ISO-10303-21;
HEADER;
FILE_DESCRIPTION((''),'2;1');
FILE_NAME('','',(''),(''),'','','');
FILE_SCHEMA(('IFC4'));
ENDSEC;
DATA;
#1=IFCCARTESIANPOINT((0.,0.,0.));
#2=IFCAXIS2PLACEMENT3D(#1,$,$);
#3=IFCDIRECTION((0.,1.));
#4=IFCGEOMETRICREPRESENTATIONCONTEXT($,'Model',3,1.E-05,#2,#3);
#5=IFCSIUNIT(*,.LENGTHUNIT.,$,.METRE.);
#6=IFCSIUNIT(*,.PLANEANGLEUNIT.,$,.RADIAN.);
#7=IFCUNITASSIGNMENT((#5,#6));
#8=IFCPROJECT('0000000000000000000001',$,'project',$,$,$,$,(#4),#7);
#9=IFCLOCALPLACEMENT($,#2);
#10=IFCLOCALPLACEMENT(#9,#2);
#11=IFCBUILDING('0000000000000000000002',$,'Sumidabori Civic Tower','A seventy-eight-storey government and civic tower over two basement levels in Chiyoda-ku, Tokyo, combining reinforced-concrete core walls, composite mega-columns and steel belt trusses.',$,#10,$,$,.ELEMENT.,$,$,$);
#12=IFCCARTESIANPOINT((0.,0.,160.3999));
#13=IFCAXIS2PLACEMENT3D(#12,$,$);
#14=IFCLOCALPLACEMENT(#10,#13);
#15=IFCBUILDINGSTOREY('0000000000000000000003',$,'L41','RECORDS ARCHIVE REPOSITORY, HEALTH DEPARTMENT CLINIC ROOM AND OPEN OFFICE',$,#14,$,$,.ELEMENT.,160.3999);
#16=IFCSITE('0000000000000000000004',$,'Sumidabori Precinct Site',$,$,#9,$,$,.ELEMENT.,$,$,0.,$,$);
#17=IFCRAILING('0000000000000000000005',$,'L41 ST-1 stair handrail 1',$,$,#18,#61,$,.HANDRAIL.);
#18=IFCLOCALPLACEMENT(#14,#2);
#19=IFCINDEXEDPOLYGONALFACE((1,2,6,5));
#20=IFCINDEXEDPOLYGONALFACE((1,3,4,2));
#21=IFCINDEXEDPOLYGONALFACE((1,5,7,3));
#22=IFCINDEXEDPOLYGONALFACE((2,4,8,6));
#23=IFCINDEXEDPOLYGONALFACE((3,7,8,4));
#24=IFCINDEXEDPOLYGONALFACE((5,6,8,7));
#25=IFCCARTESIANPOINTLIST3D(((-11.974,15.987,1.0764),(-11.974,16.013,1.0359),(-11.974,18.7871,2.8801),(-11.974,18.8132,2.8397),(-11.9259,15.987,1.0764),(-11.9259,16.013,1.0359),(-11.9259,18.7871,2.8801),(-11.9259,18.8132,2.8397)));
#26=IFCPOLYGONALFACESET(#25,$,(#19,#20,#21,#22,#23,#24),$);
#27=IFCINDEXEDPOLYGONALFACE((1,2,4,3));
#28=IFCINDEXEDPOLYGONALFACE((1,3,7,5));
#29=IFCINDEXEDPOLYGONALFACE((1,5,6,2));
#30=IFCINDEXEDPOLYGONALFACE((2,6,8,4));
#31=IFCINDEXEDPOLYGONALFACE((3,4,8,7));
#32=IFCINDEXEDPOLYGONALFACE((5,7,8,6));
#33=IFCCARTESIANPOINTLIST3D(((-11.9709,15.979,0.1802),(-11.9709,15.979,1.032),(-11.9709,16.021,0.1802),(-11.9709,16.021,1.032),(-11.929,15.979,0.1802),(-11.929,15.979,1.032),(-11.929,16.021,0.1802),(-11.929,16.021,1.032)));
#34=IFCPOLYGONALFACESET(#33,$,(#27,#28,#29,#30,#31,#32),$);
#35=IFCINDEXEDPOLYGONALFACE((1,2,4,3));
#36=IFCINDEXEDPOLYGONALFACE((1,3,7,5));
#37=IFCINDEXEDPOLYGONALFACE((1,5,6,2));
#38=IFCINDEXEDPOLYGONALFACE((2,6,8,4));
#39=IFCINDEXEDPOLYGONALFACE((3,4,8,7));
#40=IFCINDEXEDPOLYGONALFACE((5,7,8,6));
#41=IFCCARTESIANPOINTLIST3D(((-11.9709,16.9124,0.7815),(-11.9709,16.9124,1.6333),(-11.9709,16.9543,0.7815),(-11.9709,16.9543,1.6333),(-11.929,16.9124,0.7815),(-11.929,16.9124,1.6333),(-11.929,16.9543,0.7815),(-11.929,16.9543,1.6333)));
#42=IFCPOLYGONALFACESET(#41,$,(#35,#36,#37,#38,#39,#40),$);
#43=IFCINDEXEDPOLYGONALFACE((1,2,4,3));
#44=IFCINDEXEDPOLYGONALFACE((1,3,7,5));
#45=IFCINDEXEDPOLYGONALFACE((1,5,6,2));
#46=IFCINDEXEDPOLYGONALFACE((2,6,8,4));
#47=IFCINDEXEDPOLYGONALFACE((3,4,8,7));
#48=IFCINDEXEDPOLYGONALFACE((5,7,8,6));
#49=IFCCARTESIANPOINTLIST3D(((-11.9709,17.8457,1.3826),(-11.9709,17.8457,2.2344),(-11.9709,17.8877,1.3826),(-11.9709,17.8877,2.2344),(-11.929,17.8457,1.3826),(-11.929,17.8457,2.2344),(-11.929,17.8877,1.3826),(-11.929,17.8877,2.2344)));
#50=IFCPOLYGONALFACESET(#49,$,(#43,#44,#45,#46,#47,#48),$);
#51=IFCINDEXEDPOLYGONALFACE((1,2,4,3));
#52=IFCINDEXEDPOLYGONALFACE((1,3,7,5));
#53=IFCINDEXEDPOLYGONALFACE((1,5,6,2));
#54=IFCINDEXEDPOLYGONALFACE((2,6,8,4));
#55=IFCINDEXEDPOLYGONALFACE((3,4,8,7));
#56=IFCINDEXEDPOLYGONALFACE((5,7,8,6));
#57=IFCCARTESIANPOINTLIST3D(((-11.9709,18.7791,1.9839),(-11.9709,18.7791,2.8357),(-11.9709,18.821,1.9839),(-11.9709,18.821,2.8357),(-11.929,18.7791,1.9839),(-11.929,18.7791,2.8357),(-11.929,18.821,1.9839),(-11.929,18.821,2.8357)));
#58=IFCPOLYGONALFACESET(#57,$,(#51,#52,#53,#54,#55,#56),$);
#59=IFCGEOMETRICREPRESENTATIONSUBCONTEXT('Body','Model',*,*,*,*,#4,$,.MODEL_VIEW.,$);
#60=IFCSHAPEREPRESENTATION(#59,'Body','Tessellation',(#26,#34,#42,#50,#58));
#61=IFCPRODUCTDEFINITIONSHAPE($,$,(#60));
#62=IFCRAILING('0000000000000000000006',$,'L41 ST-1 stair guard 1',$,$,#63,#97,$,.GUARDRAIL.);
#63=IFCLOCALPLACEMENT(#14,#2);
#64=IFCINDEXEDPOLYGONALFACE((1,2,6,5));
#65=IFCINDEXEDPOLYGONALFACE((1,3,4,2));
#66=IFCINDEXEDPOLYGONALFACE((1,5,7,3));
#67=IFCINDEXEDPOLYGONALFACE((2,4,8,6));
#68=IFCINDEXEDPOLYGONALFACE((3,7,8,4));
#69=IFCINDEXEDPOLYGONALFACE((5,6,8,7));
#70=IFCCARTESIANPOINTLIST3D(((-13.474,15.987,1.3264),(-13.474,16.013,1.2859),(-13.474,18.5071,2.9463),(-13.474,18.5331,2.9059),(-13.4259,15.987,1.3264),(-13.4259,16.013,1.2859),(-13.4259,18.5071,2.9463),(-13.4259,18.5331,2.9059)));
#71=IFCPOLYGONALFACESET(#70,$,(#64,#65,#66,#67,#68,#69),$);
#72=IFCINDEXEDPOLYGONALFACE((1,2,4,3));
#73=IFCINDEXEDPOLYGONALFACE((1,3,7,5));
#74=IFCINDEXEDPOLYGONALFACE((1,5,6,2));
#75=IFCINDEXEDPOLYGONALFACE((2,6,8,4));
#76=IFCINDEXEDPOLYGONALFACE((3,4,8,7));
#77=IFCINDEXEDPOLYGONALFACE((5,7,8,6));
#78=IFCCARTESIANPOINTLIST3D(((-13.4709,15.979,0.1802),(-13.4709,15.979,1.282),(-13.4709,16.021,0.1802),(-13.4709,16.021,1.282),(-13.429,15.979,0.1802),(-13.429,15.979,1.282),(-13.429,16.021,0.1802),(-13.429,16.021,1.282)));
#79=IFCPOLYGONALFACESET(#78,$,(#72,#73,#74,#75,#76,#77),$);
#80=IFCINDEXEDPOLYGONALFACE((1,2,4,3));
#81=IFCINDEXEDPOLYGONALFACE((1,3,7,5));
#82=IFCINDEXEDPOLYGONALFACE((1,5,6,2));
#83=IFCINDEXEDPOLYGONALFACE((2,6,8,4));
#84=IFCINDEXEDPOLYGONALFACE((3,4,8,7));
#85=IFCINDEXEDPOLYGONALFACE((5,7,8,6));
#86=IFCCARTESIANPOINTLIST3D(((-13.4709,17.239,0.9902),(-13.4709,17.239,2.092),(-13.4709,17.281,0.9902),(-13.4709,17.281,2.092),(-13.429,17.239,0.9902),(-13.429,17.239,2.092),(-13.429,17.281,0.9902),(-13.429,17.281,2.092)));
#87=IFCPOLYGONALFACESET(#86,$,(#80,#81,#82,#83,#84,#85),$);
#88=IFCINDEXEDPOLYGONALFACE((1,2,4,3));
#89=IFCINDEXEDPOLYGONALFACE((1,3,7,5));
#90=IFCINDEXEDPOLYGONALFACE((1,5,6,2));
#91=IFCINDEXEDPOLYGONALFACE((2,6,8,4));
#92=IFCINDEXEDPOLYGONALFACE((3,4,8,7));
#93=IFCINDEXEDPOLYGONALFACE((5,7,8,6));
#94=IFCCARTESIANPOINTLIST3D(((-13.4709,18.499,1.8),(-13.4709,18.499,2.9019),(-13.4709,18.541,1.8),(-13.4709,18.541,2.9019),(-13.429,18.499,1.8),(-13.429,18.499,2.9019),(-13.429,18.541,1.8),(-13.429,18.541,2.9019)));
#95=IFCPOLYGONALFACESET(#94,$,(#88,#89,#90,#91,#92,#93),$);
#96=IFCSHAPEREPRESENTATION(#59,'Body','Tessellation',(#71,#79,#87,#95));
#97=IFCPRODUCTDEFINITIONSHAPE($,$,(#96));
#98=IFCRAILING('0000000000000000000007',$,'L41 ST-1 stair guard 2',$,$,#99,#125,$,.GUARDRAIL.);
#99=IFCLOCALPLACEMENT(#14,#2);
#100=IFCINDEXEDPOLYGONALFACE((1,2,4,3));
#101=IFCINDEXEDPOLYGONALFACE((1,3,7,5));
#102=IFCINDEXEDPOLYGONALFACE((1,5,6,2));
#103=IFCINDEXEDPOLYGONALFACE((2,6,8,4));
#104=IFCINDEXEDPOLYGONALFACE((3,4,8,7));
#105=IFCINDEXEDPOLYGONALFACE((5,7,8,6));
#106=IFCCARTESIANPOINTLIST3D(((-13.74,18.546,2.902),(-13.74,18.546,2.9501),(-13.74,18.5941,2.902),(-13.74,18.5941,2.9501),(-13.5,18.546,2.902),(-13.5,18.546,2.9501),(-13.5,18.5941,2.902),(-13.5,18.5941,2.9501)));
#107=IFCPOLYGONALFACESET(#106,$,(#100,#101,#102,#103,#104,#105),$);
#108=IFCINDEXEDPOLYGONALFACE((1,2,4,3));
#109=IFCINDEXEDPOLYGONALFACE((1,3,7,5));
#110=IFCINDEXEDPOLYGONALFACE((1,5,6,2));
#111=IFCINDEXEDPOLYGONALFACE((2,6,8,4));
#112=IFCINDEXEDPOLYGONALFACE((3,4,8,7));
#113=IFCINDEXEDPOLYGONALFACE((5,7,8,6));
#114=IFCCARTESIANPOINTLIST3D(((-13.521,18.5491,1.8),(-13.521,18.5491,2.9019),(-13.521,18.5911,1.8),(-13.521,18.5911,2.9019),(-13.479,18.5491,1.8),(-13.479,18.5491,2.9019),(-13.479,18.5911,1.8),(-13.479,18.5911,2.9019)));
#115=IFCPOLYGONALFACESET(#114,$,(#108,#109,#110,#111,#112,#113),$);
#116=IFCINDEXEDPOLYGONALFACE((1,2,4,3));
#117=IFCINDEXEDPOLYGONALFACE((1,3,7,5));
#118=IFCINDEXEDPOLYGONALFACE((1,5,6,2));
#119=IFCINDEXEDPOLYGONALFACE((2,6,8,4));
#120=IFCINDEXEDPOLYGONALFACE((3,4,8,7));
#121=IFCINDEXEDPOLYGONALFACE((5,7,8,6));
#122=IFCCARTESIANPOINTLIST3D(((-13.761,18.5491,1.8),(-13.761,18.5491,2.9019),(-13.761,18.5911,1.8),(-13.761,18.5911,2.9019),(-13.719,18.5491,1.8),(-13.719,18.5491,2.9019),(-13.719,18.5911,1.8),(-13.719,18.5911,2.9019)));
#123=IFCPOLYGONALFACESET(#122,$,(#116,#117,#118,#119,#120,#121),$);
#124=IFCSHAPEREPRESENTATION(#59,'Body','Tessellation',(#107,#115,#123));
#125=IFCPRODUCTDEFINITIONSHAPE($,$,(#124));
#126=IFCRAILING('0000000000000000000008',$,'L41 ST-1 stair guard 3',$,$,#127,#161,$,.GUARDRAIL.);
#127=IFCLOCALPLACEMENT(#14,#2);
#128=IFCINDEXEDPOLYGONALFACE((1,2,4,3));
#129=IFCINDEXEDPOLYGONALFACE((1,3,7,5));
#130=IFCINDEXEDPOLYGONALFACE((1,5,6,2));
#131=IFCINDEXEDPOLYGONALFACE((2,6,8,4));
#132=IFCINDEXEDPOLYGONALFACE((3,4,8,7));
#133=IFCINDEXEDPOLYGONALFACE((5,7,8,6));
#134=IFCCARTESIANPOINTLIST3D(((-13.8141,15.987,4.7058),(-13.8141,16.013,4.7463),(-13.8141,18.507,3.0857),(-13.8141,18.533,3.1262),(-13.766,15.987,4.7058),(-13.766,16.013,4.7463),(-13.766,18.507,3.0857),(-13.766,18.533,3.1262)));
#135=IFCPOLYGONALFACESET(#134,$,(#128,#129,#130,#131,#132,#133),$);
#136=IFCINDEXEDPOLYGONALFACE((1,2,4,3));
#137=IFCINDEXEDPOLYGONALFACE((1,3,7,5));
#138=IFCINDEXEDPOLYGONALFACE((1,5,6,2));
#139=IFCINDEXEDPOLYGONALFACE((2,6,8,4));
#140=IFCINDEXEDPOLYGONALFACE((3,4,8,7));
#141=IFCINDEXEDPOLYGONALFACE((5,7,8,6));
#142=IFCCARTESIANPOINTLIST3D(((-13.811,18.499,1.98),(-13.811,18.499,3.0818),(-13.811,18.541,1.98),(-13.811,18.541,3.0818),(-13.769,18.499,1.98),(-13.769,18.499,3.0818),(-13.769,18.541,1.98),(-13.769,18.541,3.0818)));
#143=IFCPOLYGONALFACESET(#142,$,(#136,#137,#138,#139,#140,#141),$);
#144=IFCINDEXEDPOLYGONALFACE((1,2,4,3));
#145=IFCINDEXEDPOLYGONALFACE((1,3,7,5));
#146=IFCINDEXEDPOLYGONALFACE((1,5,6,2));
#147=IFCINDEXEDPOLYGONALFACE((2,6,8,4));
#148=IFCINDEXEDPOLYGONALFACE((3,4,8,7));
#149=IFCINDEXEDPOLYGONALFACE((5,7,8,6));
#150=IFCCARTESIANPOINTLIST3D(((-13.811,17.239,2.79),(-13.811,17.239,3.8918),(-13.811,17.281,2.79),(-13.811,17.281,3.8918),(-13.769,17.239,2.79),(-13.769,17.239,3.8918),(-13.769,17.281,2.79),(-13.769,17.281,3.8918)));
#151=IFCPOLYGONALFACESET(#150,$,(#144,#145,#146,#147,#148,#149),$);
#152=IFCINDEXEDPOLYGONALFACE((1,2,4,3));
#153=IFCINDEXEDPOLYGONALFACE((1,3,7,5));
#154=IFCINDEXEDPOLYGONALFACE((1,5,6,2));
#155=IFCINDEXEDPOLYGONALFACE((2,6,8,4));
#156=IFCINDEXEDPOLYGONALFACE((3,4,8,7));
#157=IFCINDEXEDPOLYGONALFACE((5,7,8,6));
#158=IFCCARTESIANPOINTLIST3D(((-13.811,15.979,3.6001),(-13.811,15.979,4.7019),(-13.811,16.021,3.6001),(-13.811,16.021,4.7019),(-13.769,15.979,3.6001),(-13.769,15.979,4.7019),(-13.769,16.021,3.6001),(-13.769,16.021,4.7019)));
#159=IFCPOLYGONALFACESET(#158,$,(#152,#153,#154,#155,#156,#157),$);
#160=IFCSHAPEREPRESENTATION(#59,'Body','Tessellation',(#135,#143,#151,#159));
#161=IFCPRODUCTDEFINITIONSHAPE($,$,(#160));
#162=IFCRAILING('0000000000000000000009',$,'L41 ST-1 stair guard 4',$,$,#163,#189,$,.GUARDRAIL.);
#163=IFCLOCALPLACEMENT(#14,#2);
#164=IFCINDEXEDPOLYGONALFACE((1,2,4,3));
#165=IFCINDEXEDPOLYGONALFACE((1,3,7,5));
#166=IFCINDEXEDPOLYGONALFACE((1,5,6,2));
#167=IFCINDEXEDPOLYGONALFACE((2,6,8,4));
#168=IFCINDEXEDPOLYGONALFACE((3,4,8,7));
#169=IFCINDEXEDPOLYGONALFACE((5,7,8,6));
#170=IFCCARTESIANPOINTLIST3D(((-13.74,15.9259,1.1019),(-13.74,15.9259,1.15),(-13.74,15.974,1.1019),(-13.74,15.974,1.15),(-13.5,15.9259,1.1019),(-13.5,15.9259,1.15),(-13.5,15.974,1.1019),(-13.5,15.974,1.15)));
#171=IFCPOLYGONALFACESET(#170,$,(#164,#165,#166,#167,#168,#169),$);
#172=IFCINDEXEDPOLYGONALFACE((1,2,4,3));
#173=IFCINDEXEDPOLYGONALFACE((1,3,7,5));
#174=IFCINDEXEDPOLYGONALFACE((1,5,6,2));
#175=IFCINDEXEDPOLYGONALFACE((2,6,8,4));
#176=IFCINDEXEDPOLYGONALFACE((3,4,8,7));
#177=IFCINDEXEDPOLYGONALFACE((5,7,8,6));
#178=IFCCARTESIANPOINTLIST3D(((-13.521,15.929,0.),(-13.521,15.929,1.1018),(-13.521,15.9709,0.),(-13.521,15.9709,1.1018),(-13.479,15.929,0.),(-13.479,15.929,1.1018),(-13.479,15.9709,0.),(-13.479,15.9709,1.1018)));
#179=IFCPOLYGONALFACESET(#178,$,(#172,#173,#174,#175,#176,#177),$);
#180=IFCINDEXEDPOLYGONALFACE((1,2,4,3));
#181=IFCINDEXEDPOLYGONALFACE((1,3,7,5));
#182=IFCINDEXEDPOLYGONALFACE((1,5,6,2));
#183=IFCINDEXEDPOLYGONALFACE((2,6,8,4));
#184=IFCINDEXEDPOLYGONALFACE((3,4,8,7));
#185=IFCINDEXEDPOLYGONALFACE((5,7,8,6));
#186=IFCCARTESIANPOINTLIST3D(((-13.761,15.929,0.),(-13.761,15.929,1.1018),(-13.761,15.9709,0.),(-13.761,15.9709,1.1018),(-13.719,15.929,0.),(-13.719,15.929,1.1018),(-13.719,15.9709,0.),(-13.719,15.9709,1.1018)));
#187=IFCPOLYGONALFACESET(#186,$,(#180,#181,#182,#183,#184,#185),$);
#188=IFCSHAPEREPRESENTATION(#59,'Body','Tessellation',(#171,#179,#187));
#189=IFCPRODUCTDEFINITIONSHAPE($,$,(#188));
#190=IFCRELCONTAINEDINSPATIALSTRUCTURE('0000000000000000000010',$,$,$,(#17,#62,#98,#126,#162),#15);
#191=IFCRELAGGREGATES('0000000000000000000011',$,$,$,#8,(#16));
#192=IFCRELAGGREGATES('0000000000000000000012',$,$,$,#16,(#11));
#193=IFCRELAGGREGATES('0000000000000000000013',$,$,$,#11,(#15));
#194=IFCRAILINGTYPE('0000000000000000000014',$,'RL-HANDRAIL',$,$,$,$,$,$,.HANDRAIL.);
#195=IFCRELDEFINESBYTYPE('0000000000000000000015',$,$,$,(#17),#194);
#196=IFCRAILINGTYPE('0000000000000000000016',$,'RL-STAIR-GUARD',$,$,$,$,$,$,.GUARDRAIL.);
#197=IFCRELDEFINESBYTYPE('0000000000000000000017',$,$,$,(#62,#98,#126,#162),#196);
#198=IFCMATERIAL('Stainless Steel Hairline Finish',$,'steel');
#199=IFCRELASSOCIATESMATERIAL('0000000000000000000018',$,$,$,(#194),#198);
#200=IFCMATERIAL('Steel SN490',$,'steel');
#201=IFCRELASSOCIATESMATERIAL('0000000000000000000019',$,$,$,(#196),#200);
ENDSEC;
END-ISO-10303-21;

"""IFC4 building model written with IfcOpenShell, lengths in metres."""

from ifc_helpers import new_model, si_unit, direction, frame, origin, origin_2d, place, context, subcontext, project, spatial, rectangle, extrude, material, type_object, element, save


model = new_model("IFC4")

# Units and contexts
model_context = context("Model", 3, precision=1e-05, world=origin(), true_north=direction((0.0, 1.0)))
body_context = subcontext(model_context, "Body", "Model", "MODEL_VIEW")
ifc_project = project(units=[si_unit("LENGTHUNIT", "METRE"), si_unit("PLANEANGLEUNIT", "RADIAN")], contexts=[model_context])

# Site, building, storey
site_placement = place(None, origin())
site = spatial("IfcSite", under=ifc_project, at=site_placement, Name="Sumidabori Precinct Site", CompositionType="ELEMENT", RefElevation=0.0)
building_placement = place(site_placement, origin())
building = spatial("IfcBuilding", under=site, at=building_placement, Name="Sumidabori Civic Tower", Description="A seventy-eight-storey government and civic tower over two basement levels in Chiyoda-ku, Tokyo, combining reinforced-concrete core walls, composite mega-columns and steel belt trusses.", CompositionType="ELEMENT")
storey_placement = place(building_placement, frame((0.0, 0.0, 160.3999)))
storey = spatial("IfcBuildingStorey", under=building, at=storey_placement, Name="L41", Description="RECORDS ARCHIVE REPOSITORY, HEALTH DEPARTMENT CLINIC ROOM AND OPEN OFFICE", CompositionType="ELEMENT", Elevation=160.3999)

# Shared definitions
ifc_material_1 = material(Name="Steel SN490", Category="steel")

# Shared definitions
ifc_material_2 = material(Name="Stainless Steel Hairline Finish", Category="steel")

# Railings
railing_type_1 = type_object("IfcRailingType", Name="RL-HANDRAIL", PredefinedType="HANDRAIL", material=ifc_material_2)
railing_1_placement = place(storey_placement, frame((-11.95, 16.0, 0.1802)))
element("IfcRailing", 1, at=railing_1_placement, inside=storey, type_object=railing_type_1, Name="L41 ST-1 stair handrail 1", PredefinedType="HANDRAIL", context=body_context, shape_type="SweptSolid", body=[
    extrude(rectangle(XDim=0.0481, YDim=0.0481, at=origin_2d()), frame((0.0, 0.0, 0.876), z_axis=(0.0, 0.840676, 0.541539), x_axis=(-1.0, 0.0, 0.0)), (0.0, 0.0, 1.0), 3.3308),
    extrude(rectangle(XDim=0.042, YDim=0.042, at=origin_2d()), origin(), (0.0, 0.0, 1.0), 0.8518),
    extrude(rectangle(XDim=0.042, YDim=0.042, at=origin_2d()), frame((0.0, 0.9333, 0.6013)), (0.0, 0.0, 1.0), 0.8518),
    extrude(rectangle(XDim=0.042, YDim=0.042, at=origin_2d()), frame((0.0, 1.8667, 1.2024)), (0.0, 0.0, 1.0), 0.8518),
    extrude(rectangle(XDim=0.042, YDim=0.042, at=origin_2d()), frame((0.0, 2.8, 1.8037)), (0.0, 0.0, 1.0), 0.8518),
])
railing_type_2 = type_object("IfcRailingType", Name="RL-STAIR-GUARD", PredefinedType="GUARDRAIL", material=ifc_material_1)
railing_2_placement = place(storey_placement, frame((-13.45, 16.0, 0.1802)))
element("IfcRailing", 2, at=railing_2_placement, inside=storey, type_object=railing_type_2, Name="L41 ST-1 stair guard 1", PredefinedType="GUARDRAIL", context=body_context, shape_type="SweptSolid", body=[
    extrude(rectangle(XDim=0.0481, YDim=0.0481, at=origin_2d()), frame((0.0, 0.0, 1.126), z_axis=(0.0, 0.8412, 0.540725), x_axis=(-1.0, 0.0, 0.0)), (0.0, 0.0, 1.0), 2.9958),
    extrude(rectangle(XDim=0.042, YDim=0.042, at=origin_2d()), origin(), (0.0, 0.0, 1.0), 1.1018),
    extrude(rectangle(XDim=0.042, YDim=0.042, at=origin_2d()), frame((0.0, 1.26, 0.8101)), (0.0, 0.0, 1.0), 1.1018),
    extrude(rectangle(XDim=0.042, YDim=0.042, at=origin_2d()), frame((0.0, 2.52, 1.6199)), (0.0, 0.0, 1.0), 1.1018),
])
railing_3_placement = place(storey_placement, frame((-13.5, 18.5701, 1.8)))
element("IfcRailing", 3, at=railing_3_placement, inside=storey, type_object=railing_type_2, Name="L41 ST-1 stair guard 2", PredefinedType="GUARDRAIL", context=body_context, shape_type="SweptSolid", body=[
    extrude(rectangle(XDim=0.0481, YDim=0.0481, at=origin_2d()), frame((0.0, 0.0, 1.126), z_axis=(-1.0, 0.0, 0.0), x_axis=(0.0, -1.0, 0.0)), (0.0, 0.0, 1.0), 0.24),
    extrude(rectangle(XDim=0.042, YDim=0.042, at=origin_2d()), origin(), (0.0, 0.0, 1.0), 1.1018),
    extrude(rectangle(XDim=0.042, YDim=0.042, at=origin_2d()), frame((-0.24, 0.0, 0.0)), (0.0, 0.0, 1.0), 1.1018),
])
railing_4_placement = place(storey_placement, frame((-13.79, 18.52, 1.98)))
element("IfcRailing", 4, at=railing_4_placement, inside=storey, type_object=railing_type_2, Name="L41 ST-1 stair guard 3", PredefinedType="GUARDRAIL", context=body_context, shape_type="SweptSolid", body=[
    extrude(rectangle(XDim=0.0481, YDim=0.0481, at=origin_2d()), frame((0.0, 0.0, 1.126), z_axis=(0.0, -0.841163, 0.540782), x_axis=(1.0, 0.0, 0.0)), (0.0, 0.0, 1.0), 2.9958),
    extrude(rectangle(XDim=0.042, YDim=0.042, at=origin_2d()), origin(), (0.0, 0.0, 1.0), 1.1018),
    extrude(rectangle(XDim=0.042, YDim=0.042, at=origin_2d()), frame((0.0, -1.26, 0.8101)), (0.0, 0.0, 1.0), 1.1018),
    extrude(rectangle(XDim=0.042, YDim=0.042, at=origin_2d()), frame((0.0, -2.52, 1.6201)), (0.0, 0.0, 1.0), 1.1018),
])
railing_5_placement = place(storey_placement, frame((-13.5, 15.95, 0.0)))
element("IfcRailing", 5, at=railing_5_placement, inside=storey, type_object=railing_type_2, Name="L41 ST-1 stair guard 4", PredefinedType="GUARDRAIL", context=body_context, shape_type="SweptSolid", body=[
    extrude(rectangle(XDim=0.0481, YDim=0.0481, at=origin_2d()), frame((0.0, 0.0, 1.126), z_axis=(-1.0, 0.0, 0.0), x_axis=(0.0, -1.0, 0.0)), (0.0, 0.0, 1.0), 0.24),
    extrude(rectangle(XDim=0.042, YDim=0.042, at=origin_2d()), origin(), (0.0, 0.0, 1.0), 1.1018),
    extrude(rectangle(XDim=0.042, YDim=0.042, at=origin_2d()), frame((-0.24, 0.0, 0.0)), (0.0, 0.0, 1.0), 1.1018),
])

save(model, "model.ifc")
